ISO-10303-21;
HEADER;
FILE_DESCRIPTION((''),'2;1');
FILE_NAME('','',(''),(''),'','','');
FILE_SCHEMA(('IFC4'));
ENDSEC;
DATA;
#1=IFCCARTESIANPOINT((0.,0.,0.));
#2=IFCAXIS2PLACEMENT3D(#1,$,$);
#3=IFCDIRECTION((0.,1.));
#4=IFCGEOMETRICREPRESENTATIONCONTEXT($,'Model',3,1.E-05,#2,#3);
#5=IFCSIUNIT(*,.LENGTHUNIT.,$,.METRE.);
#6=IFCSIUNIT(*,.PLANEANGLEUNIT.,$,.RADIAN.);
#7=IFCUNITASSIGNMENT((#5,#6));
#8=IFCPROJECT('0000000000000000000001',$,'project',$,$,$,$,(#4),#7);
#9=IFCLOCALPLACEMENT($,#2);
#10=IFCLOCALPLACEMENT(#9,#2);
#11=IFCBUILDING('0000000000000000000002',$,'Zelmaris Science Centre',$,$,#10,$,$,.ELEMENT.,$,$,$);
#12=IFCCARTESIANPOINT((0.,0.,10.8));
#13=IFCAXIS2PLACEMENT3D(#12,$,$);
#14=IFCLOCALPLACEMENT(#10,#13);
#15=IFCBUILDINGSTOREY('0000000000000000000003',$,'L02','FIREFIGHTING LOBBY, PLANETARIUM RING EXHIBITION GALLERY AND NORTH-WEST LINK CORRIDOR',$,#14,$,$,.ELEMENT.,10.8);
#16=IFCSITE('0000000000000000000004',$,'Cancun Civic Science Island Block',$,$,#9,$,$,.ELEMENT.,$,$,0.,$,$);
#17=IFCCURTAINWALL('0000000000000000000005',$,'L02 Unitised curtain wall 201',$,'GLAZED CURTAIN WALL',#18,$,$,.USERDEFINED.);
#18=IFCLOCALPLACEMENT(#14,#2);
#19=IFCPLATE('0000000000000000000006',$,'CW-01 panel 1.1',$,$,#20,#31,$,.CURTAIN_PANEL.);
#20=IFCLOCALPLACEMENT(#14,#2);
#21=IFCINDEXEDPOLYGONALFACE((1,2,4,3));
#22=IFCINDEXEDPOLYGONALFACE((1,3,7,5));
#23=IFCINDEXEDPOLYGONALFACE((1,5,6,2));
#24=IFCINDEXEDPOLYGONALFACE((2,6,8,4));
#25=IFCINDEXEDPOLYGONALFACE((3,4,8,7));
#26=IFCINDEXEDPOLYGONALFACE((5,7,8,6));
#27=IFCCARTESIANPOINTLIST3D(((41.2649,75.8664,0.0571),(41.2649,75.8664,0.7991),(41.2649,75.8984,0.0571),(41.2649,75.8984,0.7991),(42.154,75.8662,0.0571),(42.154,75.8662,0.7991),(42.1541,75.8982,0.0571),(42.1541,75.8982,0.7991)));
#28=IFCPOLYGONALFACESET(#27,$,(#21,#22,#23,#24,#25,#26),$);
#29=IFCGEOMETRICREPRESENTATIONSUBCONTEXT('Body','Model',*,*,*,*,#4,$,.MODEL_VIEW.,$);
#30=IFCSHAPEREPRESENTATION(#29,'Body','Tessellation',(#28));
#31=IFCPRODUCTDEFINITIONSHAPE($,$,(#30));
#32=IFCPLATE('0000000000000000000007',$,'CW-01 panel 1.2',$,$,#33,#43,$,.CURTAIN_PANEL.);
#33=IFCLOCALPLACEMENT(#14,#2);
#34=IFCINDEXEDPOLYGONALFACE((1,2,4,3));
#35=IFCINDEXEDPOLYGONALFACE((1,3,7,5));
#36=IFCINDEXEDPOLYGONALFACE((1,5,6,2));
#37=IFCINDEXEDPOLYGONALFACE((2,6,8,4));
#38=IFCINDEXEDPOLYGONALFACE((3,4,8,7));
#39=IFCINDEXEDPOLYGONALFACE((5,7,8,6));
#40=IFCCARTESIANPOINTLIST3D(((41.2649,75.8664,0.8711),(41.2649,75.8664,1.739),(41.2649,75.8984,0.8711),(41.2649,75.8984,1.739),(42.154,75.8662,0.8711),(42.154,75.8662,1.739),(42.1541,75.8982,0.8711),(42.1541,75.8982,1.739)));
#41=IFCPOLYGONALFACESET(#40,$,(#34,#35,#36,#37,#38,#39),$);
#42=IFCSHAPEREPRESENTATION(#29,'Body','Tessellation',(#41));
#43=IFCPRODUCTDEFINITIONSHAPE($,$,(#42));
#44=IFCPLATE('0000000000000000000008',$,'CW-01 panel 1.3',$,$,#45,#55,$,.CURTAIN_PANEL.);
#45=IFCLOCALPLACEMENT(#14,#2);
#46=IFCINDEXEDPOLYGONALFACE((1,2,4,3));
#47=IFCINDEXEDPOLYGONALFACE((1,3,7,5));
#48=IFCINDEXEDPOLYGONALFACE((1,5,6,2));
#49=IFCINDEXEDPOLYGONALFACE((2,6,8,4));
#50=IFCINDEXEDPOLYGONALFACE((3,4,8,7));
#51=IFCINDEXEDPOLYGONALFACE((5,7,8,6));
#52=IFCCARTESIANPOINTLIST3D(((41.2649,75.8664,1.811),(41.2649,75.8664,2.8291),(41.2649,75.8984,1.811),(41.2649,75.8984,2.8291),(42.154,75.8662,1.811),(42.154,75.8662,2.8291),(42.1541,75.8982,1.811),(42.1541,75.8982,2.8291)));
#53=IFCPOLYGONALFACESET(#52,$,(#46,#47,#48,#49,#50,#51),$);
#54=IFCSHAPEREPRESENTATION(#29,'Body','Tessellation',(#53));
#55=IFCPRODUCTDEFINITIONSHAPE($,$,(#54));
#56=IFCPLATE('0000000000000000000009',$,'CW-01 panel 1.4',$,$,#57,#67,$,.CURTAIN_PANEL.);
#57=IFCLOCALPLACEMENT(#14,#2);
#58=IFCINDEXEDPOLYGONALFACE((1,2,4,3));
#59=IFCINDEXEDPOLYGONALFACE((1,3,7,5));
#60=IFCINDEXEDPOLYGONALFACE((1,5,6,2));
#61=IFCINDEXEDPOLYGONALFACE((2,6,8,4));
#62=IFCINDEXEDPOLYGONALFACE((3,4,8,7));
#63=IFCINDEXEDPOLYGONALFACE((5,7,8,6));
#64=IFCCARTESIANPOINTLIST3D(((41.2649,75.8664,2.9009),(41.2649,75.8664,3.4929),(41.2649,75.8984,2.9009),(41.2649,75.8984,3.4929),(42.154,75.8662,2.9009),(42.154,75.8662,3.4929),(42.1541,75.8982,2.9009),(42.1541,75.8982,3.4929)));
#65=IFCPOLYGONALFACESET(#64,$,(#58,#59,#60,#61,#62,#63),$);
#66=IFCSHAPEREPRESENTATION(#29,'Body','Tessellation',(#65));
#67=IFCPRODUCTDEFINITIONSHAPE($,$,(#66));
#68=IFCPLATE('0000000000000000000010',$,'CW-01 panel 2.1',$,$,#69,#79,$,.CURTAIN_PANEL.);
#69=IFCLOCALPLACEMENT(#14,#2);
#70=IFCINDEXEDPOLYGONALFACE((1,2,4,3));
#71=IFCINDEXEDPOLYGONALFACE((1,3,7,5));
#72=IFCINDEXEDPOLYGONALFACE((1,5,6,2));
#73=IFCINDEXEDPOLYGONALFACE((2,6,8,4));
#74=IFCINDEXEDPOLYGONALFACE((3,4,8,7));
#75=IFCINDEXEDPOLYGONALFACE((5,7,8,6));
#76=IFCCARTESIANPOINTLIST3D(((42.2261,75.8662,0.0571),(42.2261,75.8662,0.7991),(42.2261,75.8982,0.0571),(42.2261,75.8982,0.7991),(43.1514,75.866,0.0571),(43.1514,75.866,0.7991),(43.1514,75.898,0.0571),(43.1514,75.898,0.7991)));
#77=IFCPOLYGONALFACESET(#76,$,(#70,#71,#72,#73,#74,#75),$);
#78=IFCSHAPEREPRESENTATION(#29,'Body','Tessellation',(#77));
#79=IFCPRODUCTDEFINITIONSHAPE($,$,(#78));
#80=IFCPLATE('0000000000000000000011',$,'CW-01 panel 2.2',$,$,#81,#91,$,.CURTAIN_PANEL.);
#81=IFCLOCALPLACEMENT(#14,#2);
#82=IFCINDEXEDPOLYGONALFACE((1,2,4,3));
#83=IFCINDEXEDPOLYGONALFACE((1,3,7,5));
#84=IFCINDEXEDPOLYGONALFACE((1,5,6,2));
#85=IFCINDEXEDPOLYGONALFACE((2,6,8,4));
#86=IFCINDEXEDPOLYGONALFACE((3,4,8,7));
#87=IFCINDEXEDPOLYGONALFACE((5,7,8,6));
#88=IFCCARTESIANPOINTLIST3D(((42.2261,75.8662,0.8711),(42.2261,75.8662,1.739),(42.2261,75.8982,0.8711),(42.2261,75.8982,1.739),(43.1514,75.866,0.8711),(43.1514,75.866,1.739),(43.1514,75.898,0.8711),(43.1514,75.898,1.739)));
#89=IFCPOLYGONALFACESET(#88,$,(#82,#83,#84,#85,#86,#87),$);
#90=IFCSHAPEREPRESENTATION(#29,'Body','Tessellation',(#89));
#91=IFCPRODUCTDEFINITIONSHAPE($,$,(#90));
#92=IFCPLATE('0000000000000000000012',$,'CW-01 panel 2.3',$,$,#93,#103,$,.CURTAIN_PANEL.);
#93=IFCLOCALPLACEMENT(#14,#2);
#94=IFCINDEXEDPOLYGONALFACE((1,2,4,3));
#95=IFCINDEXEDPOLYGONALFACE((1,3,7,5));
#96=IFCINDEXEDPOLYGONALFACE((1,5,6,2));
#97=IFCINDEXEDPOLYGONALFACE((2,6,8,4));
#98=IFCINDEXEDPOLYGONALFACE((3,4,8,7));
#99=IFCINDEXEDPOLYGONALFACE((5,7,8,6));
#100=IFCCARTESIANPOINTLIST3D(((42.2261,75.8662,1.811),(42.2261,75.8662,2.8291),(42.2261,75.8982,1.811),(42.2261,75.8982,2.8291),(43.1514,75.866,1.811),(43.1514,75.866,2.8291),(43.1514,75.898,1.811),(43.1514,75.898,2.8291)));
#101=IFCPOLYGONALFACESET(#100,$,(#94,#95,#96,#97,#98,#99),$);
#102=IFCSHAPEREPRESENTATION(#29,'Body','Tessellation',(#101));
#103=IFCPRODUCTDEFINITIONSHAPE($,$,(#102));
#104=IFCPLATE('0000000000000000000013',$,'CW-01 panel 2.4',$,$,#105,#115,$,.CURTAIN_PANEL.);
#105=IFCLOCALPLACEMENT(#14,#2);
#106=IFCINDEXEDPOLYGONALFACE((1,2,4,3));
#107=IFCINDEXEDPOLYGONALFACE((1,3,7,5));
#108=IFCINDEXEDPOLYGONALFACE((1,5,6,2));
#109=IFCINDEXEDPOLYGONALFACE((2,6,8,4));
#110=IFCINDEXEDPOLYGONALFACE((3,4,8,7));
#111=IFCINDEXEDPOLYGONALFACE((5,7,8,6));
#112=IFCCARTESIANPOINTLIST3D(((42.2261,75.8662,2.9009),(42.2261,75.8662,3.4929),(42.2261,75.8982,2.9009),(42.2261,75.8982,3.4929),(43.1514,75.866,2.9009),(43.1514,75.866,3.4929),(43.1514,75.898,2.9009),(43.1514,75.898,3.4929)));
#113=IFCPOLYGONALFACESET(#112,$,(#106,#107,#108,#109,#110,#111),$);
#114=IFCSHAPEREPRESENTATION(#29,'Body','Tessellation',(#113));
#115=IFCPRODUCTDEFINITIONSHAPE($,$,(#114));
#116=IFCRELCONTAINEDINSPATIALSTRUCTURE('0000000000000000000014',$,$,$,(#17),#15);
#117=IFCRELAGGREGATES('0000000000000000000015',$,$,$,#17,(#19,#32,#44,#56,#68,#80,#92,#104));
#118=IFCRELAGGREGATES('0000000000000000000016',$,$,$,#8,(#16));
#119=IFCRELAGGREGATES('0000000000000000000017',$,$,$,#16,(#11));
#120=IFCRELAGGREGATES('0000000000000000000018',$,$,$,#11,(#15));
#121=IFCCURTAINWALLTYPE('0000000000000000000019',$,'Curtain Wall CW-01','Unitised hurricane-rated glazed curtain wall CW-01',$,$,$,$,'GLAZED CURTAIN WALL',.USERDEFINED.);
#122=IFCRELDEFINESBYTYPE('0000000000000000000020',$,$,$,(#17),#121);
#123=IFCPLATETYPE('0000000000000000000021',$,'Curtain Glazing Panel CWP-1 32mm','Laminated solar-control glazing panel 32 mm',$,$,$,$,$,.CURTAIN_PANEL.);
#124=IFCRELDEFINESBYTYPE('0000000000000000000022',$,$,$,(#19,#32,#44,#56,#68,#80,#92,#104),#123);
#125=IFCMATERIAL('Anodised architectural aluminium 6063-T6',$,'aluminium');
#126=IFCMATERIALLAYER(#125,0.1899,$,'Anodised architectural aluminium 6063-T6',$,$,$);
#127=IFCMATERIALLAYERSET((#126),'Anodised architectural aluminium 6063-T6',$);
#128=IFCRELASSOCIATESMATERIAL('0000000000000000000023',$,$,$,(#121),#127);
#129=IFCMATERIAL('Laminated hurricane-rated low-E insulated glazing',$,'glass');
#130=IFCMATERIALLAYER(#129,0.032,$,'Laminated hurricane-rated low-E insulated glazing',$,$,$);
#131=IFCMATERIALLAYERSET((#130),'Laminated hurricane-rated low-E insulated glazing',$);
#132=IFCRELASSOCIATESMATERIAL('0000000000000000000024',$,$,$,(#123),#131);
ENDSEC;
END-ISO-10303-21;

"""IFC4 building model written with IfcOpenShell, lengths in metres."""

from ifc_helpers import new_model, si_unit, direction, frame, origin, origin_2d, place, context, subcontext, project, spatial, rectangle, extrude, material, layer, layer_set, type_object, element, aggregate, save


model = new_model("IFC4")

# Units and contexts
model_context = context("Model", 3, precision=1e-05, world=origin(), true_north=direction((0.0, 1.0)))
body_context = subcontext(model_context, "Body", "Model", "MODEL_VIEW")
ifc_project = project(units=[si_unit("LENGTHUNIT", "METRE"), si_unit("PLANEANGLEUNIT", "RADIAN")], contexts=[model_context])

# Site, building, storey
site_placement = place(None, origin())
site = spatial("IfcSite", under=ifc_project, at=site_placement, Name="Cancun Civic Science Island Block", CompositionType="ELEMENT", RefElevation=0.0)
building_placement = place(site_placement, origin())
building = spatial("IfcBuilding", under=site, at=building_placement, Name="Zelmaris Science Centre", CompositionType="ELEMENT")
storey_placement = place(building_placement, frame((0.0, 0.0, 10.8)))
storey = spatial("IfcBuildingStorey", under=building, at=storey_placement, Name="L02", Description="FIREFIGHTING LOBBY, PLANETARIUM RING EXHIBITION GALLERY AND NORTH-WEST LINK CORRIDOR", CompositionType="ELEMENT", Elevation=10.8)

# Curtain wall
ifc_material_1 = material(Name="Anodised architectural aluminium 6063-T6", Category="aluminium")
ifc_layer_1 = layer(ifc_material_1, 0.1899, Name="Anodised architectural aluminium 6063-T6")
ifc_layer_set_1 = layer_set([ifc_layer_1], Name="Anodised architectural aluminium 6063-T6")
curtain_wall_type = type_object("IfcCurtainWallType", Name="Curtain Wall CW-01", Description="Unitised hurricane-rated glazed curtain wall CW-01", ElementType="GLAZED CURTAIN WALL", PredefinedType="USERDEFINED", material=ifc_layer_set_1)
curtain_wall_placement = place(storey_placement, origin())
curtain_wall = element("IfcCurtainWall", 1, at=curtain_wall_placement, inside=storey, type_object=curtain_wall_type, Name="L02 Unitised curtain wall 201", ObjectType="GLAZED CURTAIN WALL", PredefinedType="USERDEFINED")

# Plates
ifc_material_2 = material(Name="Laminated hurricane-rated low-E insulated glazing", Category="glass")
ifc_layer_2 = layer(ifc_material_2, 0.032, Name="Laminated hurricane-rated low-E insulated glazing")
ifc_layer_set_2 = layer_set([ifc_layer_2], Name="Laminated hurricane-rated low-E insulated glazing")
plate_type = type_object("IfcPlateType", Name="Curtain Glazing Panel CWP-1 32mm", Description="Laminated solar-control glazing panel 32 mm", PredefinedType="CURTAIN_PANEL", material=ifc_layer_set_2)
plate_1_placement = place(storey_placement, frame((41.7095, 75.8823, 0.0571), z_axis=(0.0, 0.0, 1.0), x_axis=(1.0, -0.000201, 0.0)))
plate_1 = element("IfcPlate", 2, at=plate_1_placement, type_object=plate_type, Name="CW-01 panel 1.1", PredefinedType="CURTAIN_PANEL", context=body_context, shape_type="SweptSolid", body=[
    extrude(rectangle(XDim=0.8892, YDim=0.032, at=origin_2d()), origin(), (0.0, 0.0, 1.0), 0.7419),
])
plate_2_placement = place(storey_placement, frame((41.7095, 75.8823, 0.8711), z_axis=(0.0, 0.0, 1.0), x_axis=(1.0, -0.000201, 0.0)))
plate_2 = element("IfcPlate", 3, at=plate_2_placement, type_object=plate_type, Name="CW-01 panel 1.2", PredefinedType="CURTAIN_PANEL", context=body_context, shape_type="SweptSolid", body=[
    extrude(rectangle(XDim=0.8892, YDim=0.032, at=origin_2d()), origin(), (0.0, 0.0, 1.0), 0.8679),
])
plate_3_placement = place(storey_placement, frame((41.7095, 75.8823, 1.811), z_axis=(0.0, 0.0, 1.0), x_axis=(1.0, -0.000201, 0.0)))
plate_3 = element("IfcPlate", 4, at=plate_3_placement, type_object=plate_type, Name="CW-01 panel 1.3", PredefinedType="CURTAIN_PANEL", context=body_context, shape_type="SweptSolid", body=[
    extrude(rectangle(XDim=0.8892, YDim=0.032, at=origin_2d()), origin(), (0.0, 0.0, 1.0), 1.0181),
])
plate_4_placement = place(storey_placement, frame((41.7095, 75.8823, 2.9009), z_axis=(0.0, 0.0, 1.0), x_axis=(1.0, -0.000201, 0.0)))
plate_4 = element("IfcPlate", 5, at=plate_4_placement, type_object=plate_type, Name="CW-01 panel 1.4", PredefinedType="CURTAIN_PANEL", context=body_context, shape_type="SweptSolid", body=[
    extrude(rectangle(XDim=0.8892, YDim=0.032, at=origin_2d()), origin(), (0.0, 0.0, 1.0), 0.592),
])
plate_5_placement = place(storey_placement, frame((42.6887, 75.8821, 0.0571), z_axis=(0.0, 0.0, 1.0), x_axis=(1.0, -0.000201, 0.0)))
plate_5 = element("IfcPlate", 6, at=plate_5_placement, type_object=plate_type, Name="CW-01 panel 2.1", PredefinedType="CURTAIN_PANEL", context=body_context, shape_type="SweptSolid", body=[
    extrude(rectangle(XDim=0.9253, YDim=0.032, at=origin_2d()), origin(), (0.0, 0.0, 1.0), 0.7419),
])
plate_6_placement = place(storey_placement, frame((42.6887, 75.8821, 0.8711), z_axis=(0.0, 0.0, 1.0), x_axis=(1.0, -0.000201, 0.0)))
plate_6 = element("IfcPlate", 7, at=plate_6_placement, type_object=plate_type, Name="CW-01 panel 2.2", PredefinedType="CURTAIN_PANEL", context=body_context, shape_type="SweptSolid", body=[
    extrude(rectangle(XDim=0.9253, YDim=0.032, at=origin_2d()), origin(), (0.0, 0.0, 1.0), 0.8679),
])
plate_7_placement = place(storey_placement, frame((42.6887, 75.8821, 1.811), z_axis=(0.0, 0.0, 1.0), x_axis=(1.0, -0.000201, 0.0)))
plate_7 = element("IfcPlate", 8, at=plate_7_placement, type_object=plate_type, Name="CW-01 panel 2.3", PredefinedType="CURTAIN_PANEL", context=body_context, shape_type="SweptSolid", body=[
    extrude(rectangle(XDim=0.9253, YDim=0.032, at=origin_2d()), origin(), (0.0, 0.0, 1.0), 1.0181),
])
plate_8_placement = place(storey_placement, frame((42.6887, 75.8821, 2.9009), z_axis=(0.0, 0.0, 1.0), x_axis=(1.0, -0.000201, 0.0)))
plate_8 = element("IfcPlate", 9, at=plate_8_placement, type_object=plate_type, Name="CW-01 panel 2.4", PredefinedType="CURTAIN_PANEL", context=body_context, shape_type="SweptSolid", body=[
    extrude(rectangle(XDim=0.9253, YDim=0.032, at=origin_2d()), origin(), (0.0, 0.0, 1.0), 0.592),
])
aggregate(curtain_wall, [plate_1, plate_2, plate_3, plate_4, plate_5, plate_6, plate_7, plate_8])

save(model, "model.ifc")
